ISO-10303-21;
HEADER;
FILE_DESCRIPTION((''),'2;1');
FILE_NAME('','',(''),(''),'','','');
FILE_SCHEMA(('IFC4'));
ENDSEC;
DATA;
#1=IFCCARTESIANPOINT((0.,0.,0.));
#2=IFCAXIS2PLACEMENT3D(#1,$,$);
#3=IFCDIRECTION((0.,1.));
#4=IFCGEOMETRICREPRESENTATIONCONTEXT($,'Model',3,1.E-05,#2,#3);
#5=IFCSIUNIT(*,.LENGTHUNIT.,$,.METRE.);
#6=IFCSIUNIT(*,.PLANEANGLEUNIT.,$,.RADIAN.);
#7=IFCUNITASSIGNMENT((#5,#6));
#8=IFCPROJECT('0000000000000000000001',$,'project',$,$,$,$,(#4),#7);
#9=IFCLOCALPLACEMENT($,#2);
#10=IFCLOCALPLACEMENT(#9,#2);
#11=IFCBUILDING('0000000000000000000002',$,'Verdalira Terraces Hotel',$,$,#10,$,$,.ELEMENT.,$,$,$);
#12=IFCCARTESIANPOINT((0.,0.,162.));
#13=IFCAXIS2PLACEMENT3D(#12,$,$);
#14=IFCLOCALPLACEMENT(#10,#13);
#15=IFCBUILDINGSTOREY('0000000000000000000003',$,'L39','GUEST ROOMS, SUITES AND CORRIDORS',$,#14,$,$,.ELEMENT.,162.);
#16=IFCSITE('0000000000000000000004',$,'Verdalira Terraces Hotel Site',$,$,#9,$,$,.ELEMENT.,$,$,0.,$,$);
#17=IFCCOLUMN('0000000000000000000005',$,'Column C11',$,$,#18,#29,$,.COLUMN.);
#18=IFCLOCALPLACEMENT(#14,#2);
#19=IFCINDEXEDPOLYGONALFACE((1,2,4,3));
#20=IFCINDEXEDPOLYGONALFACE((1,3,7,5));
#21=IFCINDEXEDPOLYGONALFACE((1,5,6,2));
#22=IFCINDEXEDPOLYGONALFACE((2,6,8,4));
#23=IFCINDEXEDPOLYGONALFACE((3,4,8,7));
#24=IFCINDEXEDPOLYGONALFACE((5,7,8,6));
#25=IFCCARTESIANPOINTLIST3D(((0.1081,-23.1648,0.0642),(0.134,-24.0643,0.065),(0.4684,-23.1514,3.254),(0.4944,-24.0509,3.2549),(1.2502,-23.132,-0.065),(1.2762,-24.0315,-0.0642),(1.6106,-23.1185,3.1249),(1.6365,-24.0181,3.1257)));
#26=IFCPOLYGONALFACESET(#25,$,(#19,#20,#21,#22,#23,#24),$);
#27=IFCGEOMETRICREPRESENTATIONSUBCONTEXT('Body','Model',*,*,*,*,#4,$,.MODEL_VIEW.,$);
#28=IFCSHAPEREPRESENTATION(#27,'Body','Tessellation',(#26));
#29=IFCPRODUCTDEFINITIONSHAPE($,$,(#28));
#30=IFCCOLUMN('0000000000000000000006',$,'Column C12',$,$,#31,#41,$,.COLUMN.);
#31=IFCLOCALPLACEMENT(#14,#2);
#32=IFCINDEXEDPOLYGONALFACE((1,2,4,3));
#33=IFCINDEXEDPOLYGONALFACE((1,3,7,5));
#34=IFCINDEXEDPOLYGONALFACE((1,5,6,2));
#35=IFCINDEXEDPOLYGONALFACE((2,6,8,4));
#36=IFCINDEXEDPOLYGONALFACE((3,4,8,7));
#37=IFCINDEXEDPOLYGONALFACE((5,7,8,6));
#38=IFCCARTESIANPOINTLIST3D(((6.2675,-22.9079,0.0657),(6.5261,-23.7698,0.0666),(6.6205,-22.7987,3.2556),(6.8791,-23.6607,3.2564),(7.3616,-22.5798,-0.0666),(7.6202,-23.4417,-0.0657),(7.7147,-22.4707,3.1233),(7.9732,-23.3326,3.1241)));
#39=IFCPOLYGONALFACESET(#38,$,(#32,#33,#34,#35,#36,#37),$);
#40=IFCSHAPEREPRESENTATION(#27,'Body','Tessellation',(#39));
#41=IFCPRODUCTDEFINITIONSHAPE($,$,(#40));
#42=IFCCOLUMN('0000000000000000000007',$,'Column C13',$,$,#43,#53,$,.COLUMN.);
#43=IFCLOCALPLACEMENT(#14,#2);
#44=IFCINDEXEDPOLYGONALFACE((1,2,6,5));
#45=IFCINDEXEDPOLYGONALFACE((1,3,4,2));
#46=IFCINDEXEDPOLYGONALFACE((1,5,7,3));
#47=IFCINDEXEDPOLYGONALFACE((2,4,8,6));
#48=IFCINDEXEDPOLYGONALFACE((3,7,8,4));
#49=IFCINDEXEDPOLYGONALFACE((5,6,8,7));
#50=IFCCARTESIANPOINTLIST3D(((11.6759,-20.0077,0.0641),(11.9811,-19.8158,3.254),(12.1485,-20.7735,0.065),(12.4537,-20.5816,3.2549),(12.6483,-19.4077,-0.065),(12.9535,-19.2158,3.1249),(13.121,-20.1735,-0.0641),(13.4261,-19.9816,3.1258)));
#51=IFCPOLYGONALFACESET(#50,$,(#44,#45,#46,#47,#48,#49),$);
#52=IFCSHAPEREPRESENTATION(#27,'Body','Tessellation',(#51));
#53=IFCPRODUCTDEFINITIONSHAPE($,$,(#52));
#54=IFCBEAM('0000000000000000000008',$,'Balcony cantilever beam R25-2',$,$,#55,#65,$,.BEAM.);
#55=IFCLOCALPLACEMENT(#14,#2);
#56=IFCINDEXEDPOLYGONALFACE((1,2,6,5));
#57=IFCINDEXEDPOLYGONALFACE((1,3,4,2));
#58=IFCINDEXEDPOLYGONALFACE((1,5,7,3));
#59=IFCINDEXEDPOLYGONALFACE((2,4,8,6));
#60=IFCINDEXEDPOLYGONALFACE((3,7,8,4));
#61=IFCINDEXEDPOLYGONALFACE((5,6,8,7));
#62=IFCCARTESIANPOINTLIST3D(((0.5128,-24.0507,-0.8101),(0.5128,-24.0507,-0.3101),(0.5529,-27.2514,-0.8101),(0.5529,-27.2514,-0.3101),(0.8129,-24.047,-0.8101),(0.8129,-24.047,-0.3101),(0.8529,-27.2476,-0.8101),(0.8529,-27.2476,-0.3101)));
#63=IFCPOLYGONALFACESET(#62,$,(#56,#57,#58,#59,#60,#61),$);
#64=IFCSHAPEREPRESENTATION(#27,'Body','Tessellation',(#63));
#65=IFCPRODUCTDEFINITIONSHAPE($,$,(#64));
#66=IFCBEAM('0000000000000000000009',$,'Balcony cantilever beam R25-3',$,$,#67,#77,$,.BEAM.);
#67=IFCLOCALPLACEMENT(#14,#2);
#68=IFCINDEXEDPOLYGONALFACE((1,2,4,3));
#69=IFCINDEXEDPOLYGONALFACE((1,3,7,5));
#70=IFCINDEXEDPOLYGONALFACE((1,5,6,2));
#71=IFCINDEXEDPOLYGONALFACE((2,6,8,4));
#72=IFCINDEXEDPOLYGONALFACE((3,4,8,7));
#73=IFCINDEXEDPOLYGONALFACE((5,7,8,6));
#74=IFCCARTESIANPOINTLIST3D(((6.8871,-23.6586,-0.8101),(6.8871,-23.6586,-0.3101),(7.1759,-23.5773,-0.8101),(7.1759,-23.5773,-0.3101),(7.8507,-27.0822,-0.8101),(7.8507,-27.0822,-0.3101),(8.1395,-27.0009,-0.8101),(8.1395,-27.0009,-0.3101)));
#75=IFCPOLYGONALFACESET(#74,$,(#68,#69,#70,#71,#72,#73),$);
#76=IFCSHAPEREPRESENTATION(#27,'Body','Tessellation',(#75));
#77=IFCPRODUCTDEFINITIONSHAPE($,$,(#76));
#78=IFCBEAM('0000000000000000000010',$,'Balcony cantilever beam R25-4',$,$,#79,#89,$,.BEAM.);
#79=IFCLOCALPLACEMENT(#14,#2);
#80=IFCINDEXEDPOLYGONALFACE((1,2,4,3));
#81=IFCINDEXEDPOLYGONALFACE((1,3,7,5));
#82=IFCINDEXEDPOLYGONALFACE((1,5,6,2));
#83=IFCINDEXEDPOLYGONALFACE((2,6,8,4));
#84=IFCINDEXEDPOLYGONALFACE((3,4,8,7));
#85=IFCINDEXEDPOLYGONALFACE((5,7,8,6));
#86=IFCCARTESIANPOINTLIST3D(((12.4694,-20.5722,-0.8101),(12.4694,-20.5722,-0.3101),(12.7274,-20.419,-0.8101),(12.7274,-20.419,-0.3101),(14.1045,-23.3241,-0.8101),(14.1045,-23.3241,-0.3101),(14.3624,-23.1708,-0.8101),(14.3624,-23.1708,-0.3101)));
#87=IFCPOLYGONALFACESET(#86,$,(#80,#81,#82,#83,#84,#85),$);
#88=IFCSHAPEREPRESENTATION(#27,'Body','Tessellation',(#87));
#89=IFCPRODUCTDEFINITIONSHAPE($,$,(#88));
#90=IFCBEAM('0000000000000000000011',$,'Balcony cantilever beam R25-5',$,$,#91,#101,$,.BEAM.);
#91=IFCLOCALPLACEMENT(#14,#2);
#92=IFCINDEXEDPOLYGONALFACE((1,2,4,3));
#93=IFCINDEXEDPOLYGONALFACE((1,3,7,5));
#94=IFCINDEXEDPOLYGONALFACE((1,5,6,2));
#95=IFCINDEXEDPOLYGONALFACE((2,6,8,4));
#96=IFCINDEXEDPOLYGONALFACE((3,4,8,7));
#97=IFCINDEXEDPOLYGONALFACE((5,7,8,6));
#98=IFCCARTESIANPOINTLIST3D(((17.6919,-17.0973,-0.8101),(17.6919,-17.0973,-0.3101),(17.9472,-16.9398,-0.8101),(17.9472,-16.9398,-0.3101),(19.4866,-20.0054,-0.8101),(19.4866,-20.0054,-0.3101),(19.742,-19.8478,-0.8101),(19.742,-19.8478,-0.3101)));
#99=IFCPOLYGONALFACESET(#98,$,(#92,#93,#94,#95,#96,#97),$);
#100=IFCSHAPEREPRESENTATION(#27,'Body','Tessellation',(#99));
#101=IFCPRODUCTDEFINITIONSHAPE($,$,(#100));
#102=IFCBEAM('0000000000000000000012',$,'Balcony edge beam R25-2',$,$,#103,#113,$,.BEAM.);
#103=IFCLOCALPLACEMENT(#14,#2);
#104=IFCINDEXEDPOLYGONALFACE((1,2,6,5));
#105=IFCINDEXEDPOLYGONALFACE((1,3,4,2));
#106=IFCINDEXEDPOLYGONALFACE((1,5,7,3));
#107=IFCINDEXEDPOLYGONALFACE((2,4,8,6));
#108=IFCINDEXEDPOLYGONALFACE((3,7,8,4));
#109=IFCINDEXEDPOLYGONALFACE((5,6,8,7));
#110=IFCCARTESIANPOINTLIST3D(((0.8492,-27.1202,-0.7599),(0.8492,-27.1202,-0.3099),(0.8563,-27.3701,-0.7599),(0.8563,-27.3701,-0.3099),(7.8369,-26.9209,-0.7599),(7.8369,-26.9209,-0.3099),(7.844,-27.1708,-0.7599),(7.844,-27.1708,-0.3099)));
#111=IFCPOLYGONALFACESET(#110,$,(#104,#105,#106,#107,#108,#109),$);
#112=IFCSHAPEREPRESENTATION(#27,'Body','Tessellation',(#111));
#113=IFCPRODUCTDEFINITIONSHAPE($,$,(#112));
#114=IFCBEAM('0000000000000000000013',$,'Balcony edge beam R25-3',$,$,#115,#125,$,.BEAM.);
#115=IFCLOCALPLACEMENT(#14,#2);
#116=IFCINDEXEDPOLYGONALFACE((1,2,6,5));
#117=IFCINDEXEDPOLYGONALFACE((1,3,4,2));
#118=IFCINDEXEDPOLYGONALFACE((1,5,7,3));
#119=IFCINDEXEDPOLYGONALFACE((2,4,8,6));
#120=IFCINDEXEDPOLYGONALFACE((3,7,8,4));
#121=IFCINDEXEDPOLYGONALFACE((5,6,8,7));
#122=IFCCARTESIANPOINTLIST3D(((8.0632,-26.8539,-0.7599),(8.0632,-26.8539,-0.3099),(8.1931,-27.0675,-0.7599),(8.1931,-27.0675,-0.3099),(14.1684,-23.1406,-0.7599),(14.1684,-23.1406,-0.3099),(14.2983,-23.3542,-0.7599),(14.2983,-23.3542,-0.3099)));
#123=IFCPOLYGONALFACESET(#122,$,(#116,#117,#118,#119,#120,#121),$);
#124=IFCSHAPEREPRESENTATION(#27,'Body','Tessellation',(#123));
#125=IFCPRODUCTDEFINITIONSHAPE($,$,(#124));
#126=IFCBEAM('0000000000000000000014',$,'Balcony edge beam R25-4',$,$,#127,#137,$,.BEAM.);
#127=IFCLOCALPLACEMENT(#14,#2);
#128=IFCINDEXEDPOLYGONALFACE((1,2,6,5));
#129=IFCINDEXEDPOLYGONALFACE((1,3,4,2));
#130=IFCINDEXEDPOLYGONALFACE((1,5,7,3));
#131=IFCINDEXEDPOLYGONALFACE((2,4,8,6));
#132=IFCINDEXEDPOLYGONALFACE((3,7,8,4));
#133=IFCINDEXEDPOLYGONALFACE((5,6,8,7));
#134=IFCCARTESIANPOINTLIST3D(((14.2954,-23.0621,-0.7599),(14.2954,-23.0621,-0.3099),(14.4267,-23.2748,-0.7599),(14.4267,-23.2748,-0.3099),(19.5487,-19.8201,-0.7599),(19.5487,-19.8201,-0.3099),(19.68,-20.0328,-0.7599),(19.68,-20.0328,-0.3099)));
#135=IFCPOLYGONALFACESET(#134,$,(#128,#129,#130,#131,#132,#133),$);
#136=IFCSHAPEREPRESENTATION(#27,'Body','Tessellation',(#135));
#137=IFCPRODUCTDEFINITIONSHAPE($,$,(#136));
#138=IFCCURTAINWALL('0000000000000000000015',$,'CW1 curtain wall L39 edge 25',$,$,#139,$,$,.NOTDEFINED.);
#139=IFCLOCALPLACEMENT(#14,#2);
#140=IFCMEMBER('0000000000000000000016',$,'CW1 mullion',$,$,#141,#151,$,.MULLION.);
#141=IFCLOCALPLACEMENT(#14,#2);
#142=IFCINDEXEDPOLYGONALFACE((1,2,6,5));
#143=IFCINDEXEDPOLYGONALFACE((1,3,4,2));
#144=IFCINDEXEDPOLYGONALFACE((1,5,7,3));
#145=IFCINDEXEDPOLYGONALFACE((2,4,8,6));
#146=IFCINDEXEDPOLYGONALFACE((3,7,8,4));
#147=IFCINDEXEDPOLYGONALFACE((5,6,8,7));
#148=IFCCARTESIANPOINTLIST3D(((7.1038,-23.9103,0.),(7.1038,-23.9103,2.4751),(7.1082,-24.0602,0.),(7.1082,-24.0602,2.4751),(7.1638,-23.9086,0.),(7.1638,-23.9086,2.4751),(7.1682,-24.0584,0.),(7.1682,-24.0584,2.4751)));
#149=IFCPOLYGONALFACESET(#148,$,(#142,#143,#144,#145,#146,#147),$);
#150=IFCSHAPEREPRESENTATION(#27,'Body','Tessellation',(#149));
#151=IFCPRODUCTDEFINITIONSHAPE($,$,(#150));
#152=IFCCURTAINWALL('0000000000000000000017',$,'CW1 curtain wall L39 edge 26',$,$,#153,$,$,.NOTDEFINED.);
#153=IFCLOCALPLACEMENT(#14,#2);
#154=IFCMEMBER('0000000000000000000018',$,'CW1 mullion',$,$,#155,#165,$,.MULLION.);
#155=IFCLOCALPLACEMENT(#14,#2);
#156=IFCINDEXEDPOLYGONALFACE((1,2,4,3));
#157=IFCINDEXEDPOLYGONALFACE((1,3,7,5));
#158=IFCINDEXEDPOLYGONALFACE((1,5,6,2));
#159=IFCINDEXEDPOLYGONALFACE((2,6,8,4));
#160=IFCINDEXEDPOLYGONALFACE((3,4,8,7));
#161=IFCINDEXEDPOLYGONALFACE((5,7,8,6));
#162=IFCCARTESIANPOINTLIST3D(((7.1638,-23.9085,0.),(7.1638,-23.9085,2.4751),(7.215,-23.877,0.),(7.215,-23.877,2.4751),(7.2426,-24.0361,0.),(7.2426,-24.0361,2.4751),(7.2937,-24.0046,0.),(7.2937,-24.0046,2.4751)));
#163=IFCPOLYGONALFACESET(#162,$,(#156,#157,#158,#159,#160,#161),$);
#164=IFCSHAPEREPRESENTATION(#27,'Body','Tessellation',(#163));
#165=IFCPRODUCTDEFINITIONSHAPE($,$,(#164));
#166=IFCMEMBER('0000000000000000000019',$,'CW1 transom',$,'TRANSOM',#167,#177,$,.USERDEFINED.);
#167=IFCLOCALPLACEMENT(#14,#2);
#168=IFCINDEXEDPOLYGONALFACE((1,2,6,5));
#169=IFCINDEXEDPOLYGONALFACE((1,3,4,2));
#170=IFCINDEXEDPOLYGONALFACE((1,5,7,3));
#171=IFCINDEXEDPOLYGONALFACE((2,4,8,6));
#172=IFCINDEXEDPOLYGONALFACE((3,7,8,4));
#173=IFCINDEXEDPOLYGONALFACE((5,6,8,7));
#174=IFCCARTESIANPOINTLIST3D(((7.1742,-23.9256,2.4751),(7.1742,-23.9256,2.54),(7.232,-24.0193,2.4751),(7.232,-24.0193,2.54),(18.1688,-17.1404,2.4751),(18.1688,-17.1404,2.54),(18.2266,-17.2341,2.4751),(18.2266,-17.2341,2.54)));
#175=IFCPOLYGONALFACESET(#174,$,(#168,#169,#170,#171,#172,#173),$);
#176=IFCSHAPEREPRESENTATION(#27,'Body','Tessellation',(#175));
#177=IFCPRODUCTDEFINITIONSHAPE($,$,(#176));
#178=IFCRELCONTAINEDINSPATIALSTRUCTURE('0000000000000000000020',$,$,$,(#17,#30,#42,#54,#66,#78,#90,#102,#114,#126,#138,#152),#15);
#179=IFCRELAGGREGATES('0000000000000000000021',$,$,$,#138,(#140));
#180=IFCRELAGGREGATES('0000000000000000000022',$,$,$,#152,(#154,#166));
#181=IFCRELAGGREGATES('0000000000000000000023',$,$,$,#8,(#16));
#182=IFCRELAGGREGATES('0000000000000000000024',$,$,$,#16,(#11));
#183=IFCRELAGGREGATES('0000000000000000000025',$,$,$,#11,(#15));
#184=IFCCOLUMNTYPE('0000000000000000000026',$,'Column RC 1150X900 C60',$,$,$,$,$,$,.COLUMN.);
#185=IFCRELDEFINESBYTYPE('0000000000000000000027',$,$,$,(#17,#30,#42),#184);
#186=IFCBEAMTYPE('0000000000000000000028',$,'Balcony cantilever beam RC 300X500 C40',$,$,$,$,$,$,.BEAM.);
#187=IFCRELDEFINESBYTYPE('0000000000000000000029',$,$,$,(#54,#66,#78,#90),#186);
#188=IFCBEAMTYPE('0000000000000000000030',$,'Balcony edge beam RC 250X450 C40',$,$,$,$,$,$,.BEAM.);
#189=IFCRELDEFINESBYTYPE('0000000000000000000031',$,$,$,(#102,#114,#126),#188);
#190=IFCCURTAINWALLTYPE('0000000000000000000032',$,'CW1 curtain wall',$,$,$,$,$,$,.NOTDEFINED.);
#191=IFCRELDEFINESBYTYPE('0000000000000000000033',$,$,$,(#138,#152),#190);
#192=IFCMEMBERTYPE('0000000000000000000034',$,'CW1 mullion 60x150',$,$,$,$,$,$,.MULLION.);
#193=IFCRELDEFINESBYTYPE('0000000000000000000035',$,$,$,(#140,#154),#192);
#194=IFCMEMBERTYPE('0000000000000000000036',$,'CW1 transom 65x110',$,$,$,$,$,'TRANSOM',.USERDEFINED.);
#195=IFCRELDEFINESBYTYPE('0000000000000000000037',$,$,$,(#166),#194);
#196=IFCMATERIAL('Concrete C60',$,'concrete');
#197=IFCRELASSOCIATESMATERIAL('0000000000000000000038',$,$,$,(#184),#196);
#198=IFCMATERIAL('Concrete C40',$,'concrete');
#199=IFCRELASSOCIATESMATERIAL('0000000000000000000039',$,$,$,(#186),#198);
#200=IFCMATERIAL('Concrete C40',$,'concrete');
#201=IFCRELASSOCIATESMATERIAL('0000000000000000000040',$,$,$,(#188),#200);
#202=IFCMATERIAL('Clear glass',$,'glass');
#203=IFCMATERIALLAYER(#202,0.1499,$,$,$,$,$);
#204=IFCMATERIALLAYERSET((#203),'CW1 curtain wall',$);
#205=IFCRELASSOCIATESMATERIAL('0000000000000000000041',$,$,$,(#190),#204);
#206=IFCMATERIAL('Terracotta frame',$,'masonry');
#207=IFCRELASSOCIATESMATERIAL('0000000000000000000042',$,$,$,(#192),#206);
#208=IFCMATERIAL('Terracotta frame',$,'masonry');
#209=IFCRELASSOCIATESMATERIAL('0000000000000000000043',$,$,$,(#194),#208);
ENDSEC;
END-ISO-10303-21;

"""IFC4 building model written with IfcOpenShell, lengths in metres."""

from ifc_helpers import new_model, si_unit, direction, frame, origin, origin_2d, place, context, subcontext, project, spatial, rectangle, extrude, material, layer, layer_set, material_profile, profile_set, type_object, element, aggregate, save


model = new_model("IFC4")

# Units and contexts
model_context = context("Model", 3, precision=1e-05, world=origin(), true_north=direction((0.0, 1.0)))
body_context = subcontext(model_context, "Body", "Model", "MODEL_VIEW")
ifc_project = project(units=[si_unit("LENGTHUNIT", "METRE"), si_unit("PLANEANGLEUNIT", "RADIAN")], contexts=[model_context])

# Site, building, storey
site_placement = place(None, origin())
site = spatial("IfcSite", under=ifc_project, at=site_placement, Name="Verdalira Terraces Hotel Site", CompositionType="ELEMENT", RefElevation=0.0)
building_placement = place(site_placement, origin())
building = spatial("IfcBuilding", under=site, at=building_placement, Name="Verdalira Terraces Hotel", CompositionType="ELEMENT")
storey_placement = place(building_placement, frame((0.0, 0.0, 162.0)))
storey = spatial("IfcBuildingStorey", under=building, at=storey_placement, Name="L39", Description="GUEST ROOMS, SUITES AND CORRIDORS", CompositionType="ELEMENT", Elevation=162.0)

# Columns
ifc_material_1 = material(Name="Concrete C60", Category="concrete")
ifc_material_profile_1 = material_profile(ifc_material_1, rectangle(XDim=1.1499, YDim=0.8999, at=origin_2d()), Name="RC 1150X900")
ifc_profile_set_1 = profile_set([ifc_material_profile_1], Name="Concrete C60")
column_type = type_object("IfcColumnType", Name="Column RC 1150X900 C60", PredefinedType="COLUMN", material=ifc_profile_set_1)
column_1_placement = place(storey_placement, frame((0.6921, -23.5981, 0.0), z_axis=(0.11225, 0.004183, 0.993671), x_axis=(0.993261, 0.028574, -0.112324)))
element("IfcColumn", 1, at=column_1_placement, inside=storey, type_object=column_type, Name="Column C11", PredefinedType="COLUMN", context=body_context, shape_type="SweptSolid", body=[
    extrude(rectangle(XDim=1.1499, YDim=0.8999, at=origin_2d()), origin(), (0.0, 0.0, 1.0), 3.2102),
])
column_2_placement = place(storey_placement, frame((6.9438, -23.1748, 0.0), z_axis=(0.109934, 0.033984, 0.993358), x_axis=(-0.951503, -0.28531, 0.115063)))
element("IfcColumn", 2, at=column_2_placement, inside=storey, type_object=column_type, Name="Column C12", PredefinedType="COLUMN", context=body_context, shape_type="SweptSolid", body=[
    extrude(rectangle(XDim=1.1499, YDim=0.8999, at=origin_2d()), origin(), (0.0, 0.0, 1.0), 3.2112),
])
column_3_placement = place(storey_placement, frame((12.3984, -20.0906, 0.0), z_axis=(0.095063, 0.059776, 0.993675), x_axis=(0.845653, 0.521787, -0.112291)))
element("IfcColumn", 3, at=column_3_placement, inside=storey, type_object=column_type, Name="Column C13", PredefinedType="COLUMN", context=body_context, shape_type="SweptSolid", body=[
    extrude(rectangle(XDim=1.1499, YDim=0.8999, at=origin_2d()), origin(), (0.0, 0.0, 1.0), 3.2102),
])

# Beams
ifc_material_2 = material(Name="Concrete C40", Category="concrete")
ifc_material_profile_2 = material_profile(ifc_material_2, rectangle(XDim=0.3, YDim=0.5, at=origin_2d()), Name="RC 300X500")
ifc_profile_set_2 = profile_set([ifc_material_profile_2], Name="Concrete C40")
beam_type_1 = type_object("IfcBeamType", Name="Balcony cantilever beam RC 300X500 C40", PredefinedType="BEAM", material=ifc_profile_set_2)
beam_1_placement = place(storey_placement, frame((0.6628, -24.0488, -0.5601), z_axis=(0.012509, -0.999922, 0.0), x_axis=(0.999922, 0.012509, 0.0)))
element("IfcBeam", 4, at=beam_1_placement, inside=storey, type_object=beam_type_1, Name="Balcony cantilever beam R25-2", PredefinedType="BEAM", context=body_context, shape_type="SweptSolid", body=[
    extrude(rectangle(XDim=0.3, YDim=0.5, at=origin_2d()), origin(), (0.0, 0.0, 1.0), 3.2009),
])
beam_2_placement = place(storey_placement, frame((7.0315, -23.6179, -0.5601), z_axis=(0.270938, -0.962597, 0.0), x_axis=(0.962597, 0.270938, 0.0)))
element("IfcBeam", 5, at=beam_2_placement, inside=storey, type_object=beam_type_1, Name="Balcony cantilever beam R25-3", PredefinedType="BEAM", context=body_context, shape_type="SweptSolid", body=[
    extrude(rectangle(XDim=0.3, YDim=0.5, at=origin_2d()), origin(), (0.0, 0.0, 1.0), 3.5566),
])
beam_3_placement = place(storey_placement, frame((12.5984, -20.4956, -0.5601), z_axis=(0.510812, -0.859693, 0.0), x_axis=(0.859693, 0.510812, 0.0)))
element("IfcBeam", 6, at=beam_3_placement, inside=storey, type_object=beam_type_1, Name="Balcony cantilever beam R25-4", PredefinedType="BEAM", context=body_context, shape_type="SweptSolid", body=[
    extrude(rectangle(XDim=0.3, YDim=0.5, at=origin_2d()), origin(), (0.0, 0.0, 1.0), 3.2009),
])
beam_4_placement = place(storey_placement, frame((17.8196, -17.0186, -0.5601), z_axis=(0.525193, -0.850983, 0.0), x_axis=(0.850983, 0.525193, 0.0)))
element("IfcBeam", 7, at=beam_4_placement, inside=storey, type_object=beam_type_1, Name="Balcony cantilever beam R25-5", PredefinedType="BEAM", context=body_context, shape_type="SweptSolid", body=[
    extrude(rectangle(XDim=0.3, YDim=0.5, at=origin_2d()), origin(), (0.0, 0.0, 1.0), 3.4172),
])
ifc_material_3 = material(Name="Concrete C40", Category="concrete")
ifc_material_profile_3 = material_profile(ifc_material_3, rectangle(XDim=0.25, YDim=0.45, at=origin_2d()), Name="RC 250X450")
ifc_profile_set_3 = profile_set([ifc_material_profile_3], Name="Concrete C40")
beam_type_2 = type_object("IfcBeamType", Name="Balcony edge beam RC 250X450 C40", PredefinedType="BEAM", material=ifc_profile_set_3)
beam_5_placement = place(storey_placement, frame((0.8528, -27.2451, -0.5349), z_axis=(0.999594, 0.028499, 0.0), x_axis=(-0.028499, 0.999594, 0.0)))
element("IfcBeam", 8, at=beam_5_placement, inside=storey, type_object=beam_type_2, Name="Balcony edge beam R25-2", PredefinedType="BEAM", context=body_context, shape_type="SweptSolid", body=[
    extrude(rectangle(XDim=0.25, YDim=0.45, at=origin_2d()), origin(), (0.0, 0.0, 1.0), 6.9905),
])
beam_6_placement = place(storey_placement, frame((8.1282, -26.9607, -0.5349), z_axis=(0.854375, 0.519656, 0.0), x_axis=(-0.519656, 0.854375, 0.0)))
element("IfcBeam", 9, at=beam_6_placement, inside=storey, type_object=beam_type_2, Name="Balcony edge beam R25-3", PredefinedType="BEAM", context=body_context, shape_type="SweptSolid", body=[
    extrude(rectangle(XDim=0.25, YDim=0.45, at=origin_2d()), origin(), (0.0, 0.0, 1.0), 7.1458),
])
beam_7_placement = place(storey_placement, frame((14.3611, -23.1685, -0.5349), z_axis=(0.850991, 0.52518, 0.0), x_axis=(-0.52518, 0.850991, 0.0)))
element("IfcBeam", 10, at=beam_7_placement, inside=storey, type_object=beam_type_2, Name="Balcony edge beam R25-4", PredefinedType="BEAM", context=body_context, shape_type="SweptSolid", body=[
    extrude(rectangle(XDim=0.25, YDim=0.45, at=origin_2d()), origin(), (0.0, 0.0, 1.0), 6.1731),
])

# Curtain wall, member
ifc_material_4 = material(Name="Clear glass", Category="glass")
ifc_layer_1 = layer(ifc_material_4, 0.1499)
ifc_layer_set_1 = layer_set([ifc_layer_1], Name="CW1 curtain wall")
curtain_wall_type = type_object("IfcCurtainWallType", Name="CW1 curtain wall", PredefinedType="NOTDEFINED", material=ifc_layer_set_1)
curtain_wall_1_placement = place(storey_placement, origin())
curtain_wall_1 = element("IfcCurtainWall", 11, at=curtain_wall_1_placement, inside=storey, type_object=curtain_wall_type, Name="CW1 curtain wall L39 edge 25", PredefinedType="NOTDEFINED")
ifc_material_5 = material(Name="Terracotta frame", Category="masonry")
ifc_material_profile_4 = material_profile(ifc_material_5, rectangle(XDim=0.0601, YDim=0.1499, at=origin_2d()), Name="MU 60x150")
ifc_profile_set_4 = profile_set([ifc_material_profile_4], Name="Terracotta frame")
member_type_1 = type_object("IfcMemberType", Name="CW1 mullion 60x150", PredefinedType="MULLION", material=ifc_profile_set_4)
member_1_placement = place(storey_placement, frame((7.136, -23.9844, 0.0), z_axis=(0.0, 0.0, 1.0), x_axis=(0.99957, 0.029317, 0.0)))
member_1 = element("IfcMember", 12, at=member_1_placement, type_object=member_type_1, Name="CW1 mullion", PredefinedType="MULLION", context=body_context, shape_type="SweptSolid", body=[
    extrude(rectangle(XDim=0.0601, YDim=0.1499, at=origin_2d()), origin(), (0.0, 0.0, 1.0), 2.4751),
])

# Curtain wall, members
curtain_wall_2_placement = place(storey_placement, origin())
curtain_wall_2 = element("IfcCurtainWall", 13, at=curtain_wall_2_placement, inside=storey, type_object=curtain_wall_type, Name="CW1 curtain wall L39 edge 26", PredefinedType="NOTDEFINED")
member_2_placement = place(storey_placement, frame((7.2288, -23.9565, 0.0), z_axis=(0.0, 0.0, 1.0), x_axis=(0.850994, 0.525175, 0.0)))
member_2 = element("IfcMember", 14, at=member_2_placement, type_object=member_type_1, Name="CW1 mullion", PredefinedType="MULLION", context=body_context, shape_type="SweptSolid", body=[
    extrude(rectangle(XDim=0.0601, YDim=0.1499, at=origin_2d()), origin(), (0.0, 0.0, 1.0), 2.4751),
])
ifc_material_6 = material(Name="Terracotta frame", Category="masonry")
ifc_material_profile_5 = material_profile(ifc_material_6, rectangle(XDim=0.1101, YDim=0.0649, at=origin_2d()), Name="TR 65x110")
ifc_profile_set_5 = profile_set([ifc_material_profile_5], Name="Terracotta frame")
member_type_2 = type_object("IfcMemberType", Name="CW1 transom 65x110", ElementType="TRANSOM", PredefinedType="USERDEFINED", material=ifc_profile_set_5)
member_3_placement = place(storey_placement, frame((7.2031, -23.9724, 2.5076), z_axis=(0.850993, 0.525177, 0.0), x_axis=(-0.525177, 0.850993, 0.0)))
member_3 = element("IfcMember", 15, at=member_3_placement, type_object=member_type_2, Name="CW1 transom", ObjectType="TRANSOM", PredefinedType="USERDEFINED", context=body_context, shape_type="SweptSolid", body=[
    extrude(rectangle(XDim=0.1101, YDim=0.0649, at=origin_2d()), origin(), (0.0, 0.0, 1.0), 12.9197),
])

aggregate(curtain_wall_1, [member_1])
aggregate(curtain_wall_2, [member_2, member_3])

save(model, "model.ifc")
